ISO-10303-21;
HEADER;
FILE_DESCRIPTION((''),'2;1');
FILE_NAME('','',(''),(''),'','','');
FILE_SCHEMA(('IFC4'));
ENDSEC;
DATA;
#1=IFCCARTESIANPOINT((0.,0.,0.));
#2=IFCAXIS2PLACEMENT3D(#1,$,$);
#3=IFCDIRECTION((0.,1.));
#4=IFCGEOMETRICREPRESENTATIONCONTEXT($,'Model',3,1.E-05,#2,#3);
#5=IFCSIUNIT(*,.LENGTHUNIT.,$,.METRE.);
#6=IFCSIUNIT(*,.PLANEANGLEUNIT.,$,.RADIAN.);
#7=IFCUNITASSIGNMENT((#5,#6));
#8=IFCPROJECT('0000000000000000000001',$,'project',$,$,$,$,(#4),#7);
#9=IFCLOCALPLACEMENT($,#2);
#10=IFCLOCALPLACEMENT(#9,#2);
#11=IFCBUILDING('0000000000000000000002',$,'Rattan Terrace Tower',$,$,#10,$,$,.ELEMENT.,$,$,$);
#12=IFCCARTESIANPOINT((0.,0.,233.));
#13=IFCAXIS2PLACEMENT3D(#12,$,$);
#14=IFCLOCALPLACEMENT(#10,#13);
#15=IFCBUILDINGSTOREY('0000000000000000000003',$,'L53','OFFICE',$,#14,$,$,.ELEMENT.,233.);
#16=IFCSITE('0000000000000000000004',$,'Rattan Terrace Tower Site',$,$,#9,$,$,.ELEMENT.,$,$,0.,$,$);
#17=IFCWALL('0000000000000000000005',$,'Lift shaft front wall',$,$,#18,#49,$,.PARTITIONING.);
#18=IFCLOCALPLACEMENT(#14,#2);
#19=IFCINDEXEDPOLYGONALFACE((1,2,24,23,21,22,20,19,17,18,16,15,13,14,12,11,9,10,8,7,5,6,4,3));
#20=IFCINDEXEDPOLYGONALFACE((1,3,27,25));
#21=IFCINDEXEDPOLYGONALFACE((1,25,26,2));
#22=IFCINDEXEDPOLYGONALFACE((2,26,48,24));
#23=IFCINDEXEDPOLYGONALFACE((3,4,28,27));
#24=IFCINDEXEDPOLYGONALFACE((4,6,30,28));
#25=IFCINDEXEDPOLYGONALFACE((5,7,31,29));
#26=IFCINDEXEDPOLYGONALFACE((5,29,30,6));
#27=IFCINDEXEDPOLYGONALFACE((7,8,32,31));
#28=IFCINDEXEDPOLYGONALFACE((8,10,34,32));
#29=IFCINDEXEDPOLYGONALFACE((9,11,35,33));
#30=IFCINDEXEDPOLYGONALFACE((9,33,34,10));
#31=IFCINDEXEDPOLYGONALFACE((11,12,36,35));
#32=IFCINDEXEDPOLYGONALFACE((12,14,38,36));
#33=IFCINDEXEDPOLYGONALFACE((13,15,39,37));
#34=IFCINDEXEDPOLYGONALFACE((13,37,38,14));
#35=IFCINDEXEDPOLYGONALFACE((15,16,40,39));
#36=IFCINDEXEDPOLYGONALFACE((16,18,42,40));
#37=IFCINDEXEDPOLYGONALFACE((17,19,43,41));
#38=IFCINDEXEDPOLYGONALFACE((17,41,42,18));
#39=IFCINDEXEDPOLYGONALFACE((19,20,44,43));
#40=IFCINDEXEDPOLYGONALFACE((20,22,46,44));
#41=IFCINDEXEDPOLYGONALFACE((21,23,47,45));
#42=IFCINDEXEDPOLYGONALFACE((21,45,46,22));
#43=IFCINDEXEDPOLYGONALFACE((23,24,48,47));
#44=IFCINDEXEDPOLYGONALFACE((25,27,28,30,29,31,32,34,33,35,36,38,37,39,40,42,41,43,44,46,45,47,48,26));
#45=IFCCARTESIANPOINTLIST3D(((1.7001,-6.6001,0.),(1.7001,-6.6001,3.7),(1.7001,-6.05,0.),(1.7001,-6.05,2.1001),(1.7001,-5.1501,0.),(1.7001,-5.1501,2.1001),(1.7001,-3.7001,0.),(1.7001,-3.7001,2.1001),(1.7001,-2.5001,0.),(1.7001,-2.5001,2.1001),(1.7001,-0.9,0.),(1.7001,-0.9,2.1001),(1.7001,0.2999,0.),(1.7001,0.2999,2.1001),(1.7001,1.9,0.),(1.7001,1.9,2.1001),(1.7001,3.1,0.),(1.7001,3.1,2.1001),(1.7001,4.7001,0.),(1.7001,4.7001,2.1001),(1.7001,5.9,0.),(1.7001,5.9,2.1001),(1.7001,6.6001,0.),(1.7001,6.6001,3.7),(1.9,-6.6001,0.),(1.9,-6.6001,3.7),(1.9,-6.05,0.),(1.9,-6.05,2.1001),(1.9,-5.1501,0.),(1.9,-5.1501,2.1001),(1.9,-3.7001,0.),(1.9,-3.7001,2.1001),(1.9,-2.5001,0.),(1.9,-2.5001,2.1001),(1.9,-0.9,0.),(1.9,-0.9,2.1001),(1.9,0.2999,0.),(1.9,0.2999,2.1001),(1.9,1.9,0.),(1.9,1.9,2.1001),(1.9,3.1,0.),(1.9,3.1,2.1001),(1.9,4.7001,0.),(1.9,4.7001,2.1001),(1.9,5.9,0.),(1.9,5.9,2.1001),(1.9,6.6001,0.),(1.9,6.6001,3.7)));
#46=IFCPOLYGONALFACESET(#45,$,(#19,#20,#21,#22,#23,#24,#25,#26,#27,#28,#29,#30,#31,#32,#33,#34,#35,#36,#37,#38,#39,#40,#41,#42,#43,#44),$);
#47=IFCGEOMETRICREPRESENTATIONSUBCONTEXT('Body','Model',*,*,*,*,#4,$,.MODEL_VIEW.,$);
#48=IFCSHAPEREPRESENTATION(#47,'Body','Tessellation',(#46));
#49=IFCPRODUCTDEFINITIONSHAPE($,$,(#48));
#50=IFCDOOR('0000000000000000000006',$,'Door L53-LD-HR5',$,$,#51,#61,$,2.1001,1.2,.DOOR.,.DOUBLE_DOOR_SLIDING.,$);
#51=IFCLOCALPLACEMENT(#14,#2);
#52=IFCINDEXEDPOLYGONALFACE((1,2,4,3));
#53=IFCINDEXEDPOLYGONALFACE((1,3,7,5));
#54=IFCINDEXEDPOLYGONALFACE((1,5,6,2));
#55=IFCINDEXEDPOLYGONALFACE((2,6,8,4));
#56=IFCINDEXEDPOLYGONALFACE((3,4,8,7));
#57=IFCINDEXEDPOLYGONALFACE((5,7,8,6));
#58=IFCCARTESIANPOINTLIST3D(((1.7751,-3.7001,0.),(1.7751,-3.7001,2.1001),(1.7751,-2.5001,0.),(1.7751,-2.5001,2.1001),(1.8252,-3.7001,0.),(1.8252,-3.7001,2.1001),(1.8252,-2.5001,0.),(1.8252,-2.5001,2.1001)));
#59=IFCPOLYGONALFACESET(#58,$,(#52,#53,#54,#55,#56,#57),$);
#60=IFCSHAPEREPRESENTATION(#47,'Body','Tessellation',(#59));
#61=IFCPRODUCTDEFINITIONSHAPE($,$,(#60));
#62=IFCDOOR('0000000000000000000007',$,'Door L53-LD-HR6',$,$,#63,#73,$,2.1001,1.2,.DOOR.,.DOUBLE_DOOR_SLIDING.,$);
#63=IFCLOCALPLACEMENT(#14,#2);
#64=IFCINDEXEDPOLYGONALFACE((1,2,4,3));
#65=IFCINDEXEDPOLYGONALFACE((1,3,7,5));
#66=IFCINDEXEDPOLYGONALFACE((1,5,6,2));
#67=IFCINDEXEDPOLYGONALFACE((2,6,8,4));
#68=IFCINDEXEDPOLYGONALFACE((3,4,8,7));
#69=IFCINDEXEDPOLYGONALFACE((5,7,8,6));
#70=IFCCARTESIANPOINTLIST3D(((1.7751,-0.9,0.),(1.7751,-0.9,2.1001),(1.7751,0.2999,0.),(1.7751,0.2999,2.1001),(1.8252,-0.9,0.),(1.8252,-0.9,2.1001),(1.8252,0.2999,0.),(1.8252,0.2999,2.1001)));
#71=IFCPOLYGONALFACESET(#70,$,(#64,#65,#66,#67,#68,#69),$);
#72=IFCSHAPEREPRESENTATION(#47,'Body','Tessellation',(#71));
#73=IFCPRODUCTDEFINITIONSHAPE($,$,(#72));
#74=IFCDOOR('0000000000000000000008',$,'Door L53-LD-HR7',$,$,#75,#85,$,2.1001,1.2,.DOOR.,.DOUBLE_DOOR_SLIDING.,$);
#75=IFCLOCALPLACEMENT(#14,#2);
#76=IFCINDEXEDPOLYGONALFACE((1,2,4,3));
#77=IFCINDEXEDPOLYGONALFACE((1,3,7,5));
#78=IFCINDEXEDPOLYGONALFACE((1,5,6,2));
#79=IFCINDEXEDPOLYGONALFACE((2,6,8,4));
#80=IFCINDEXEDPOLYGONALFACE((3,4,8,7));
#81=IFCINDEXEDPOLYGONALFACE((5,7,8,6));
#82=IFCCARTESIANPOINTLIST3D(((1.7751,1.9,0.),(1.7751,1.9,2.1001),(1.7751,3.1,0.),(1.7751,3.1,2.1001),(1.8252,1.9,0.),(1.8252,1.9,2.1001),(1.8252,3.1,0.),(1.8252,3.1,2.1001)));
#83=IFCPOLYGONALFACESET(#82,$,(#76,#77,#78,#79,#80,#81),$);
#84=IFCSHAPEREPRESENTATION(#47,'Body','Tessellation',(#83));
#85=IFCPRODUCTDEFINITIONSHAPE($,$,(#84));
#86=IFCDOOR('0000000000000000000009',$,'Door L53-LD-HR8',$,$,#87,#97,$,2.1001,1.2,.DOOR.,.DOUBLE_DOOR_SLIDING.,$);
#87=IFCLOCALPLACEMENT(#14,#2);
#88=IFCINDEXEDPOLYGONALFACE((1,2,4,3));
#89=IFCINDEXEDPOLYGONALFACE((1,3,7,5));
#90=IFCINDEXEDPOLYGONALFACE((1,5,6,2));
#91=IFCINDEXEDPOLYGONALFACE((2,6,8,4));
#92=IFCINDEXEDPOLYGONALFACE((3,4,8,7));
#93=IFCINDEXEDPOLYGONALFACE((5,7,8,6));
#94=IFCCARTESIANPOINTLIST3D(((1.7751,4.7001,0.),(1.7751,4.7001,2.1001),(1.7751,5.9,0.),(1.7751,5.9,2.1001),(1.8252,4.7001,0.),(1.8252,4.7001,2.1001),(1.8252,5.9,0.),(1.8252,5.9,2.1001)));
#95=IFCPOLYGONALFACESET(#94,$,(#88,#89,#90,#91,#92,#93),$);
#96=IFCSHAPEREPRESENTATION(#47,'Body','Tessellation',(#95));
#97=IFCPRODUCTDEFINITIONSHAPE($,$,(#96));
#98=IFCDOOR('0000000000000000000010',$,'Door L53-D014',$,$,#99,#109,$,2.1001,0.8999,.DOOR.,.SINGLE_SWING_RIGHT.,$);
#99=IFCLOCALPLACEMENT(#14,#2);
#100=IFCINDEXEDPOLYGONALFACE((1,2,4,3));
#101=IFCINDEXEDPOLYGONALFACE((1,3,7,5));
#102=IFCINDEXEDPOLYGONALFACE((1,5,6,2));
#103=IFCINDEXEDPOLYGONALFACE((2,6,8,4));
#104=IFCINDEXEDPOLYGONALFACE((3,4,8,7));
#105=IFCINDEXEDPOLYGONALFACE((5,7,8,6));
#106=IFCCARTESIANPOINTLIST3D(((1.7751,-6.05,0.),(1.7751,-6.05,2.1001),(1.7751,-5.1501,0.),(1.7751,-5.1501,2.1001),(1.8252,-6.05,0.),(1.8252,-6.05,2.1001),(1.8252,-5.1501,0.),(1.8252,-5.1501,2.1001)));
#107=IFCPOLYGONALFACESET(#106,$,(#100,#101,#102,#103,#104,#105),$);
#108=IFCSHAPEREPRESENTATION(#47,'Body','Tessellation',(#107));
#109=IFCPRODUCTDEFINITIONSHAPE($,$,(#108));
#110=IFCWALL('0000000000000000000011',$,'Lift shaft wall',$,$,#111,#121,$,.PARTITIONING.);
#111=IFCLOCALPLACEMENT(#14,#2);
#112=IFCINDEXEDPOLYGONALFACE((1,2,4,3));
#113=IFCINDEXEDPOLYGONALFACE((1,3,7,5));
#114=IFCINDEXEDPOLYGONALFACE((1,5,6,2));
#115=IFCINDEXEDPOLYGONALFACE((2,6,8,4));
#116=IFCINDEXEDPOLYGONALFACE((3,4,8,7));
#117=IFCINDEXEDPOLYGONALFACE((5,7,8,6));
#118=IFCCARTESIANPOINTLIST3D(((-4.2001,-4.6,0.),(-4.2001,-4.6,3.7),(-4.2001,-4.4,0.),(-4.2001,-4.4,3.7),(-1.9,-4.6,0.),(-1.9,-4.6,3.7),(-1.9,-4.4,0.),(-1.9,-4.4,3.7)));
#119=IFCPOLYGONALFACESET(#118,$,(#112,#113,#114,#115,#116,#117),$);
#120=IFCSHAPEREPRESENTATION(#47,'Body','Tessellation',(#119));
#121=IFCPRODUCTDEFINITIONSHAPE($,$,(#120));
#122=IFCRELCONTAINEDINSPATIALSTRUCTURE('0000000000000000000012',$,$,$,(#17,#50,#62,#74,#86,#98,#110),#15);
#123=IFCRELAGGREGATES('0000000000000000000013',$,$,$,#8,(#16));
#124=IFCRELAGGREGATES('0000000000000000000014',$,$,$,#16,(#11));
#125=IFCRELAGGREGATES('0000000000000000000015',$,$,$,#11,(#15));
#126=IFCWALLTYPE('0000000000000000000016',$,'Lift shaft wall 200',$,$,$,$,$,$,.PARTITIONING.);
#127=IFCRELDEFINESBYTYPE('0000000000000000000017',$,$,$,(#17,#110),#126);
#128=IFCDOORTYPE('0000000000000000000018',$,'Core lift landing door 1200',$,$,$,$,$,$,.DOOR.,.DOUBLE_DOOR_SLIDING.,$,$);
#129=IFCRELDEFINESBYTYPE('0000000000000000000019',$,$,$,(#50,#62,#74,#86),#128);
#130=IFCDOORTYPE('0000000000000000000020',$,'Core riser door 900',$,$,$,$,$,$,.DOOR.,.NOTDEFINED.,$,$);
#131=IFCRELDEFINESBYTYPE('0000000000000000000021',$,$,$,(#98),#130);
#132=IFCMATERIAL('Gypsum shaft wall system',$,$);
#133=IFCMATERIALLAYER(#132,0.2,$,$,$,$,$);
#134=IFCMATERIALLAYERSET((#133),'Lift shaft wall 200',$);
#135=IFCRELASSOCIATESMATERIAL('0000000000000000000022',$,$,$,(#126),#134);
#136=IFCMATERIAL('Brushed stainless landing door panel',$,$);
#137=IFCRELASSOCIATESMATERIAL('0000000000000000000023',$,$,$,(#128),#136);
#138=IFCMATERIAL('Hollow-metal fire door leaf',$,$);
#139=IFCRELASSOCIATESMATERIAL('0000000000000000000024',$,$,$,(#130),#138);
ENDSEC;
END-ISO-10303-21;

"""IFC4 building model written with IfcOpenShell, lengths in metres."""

from ifc_helpers import new_model, si_unit, direction, frame, frame_2d, origin, place, context, subcontext, project, spatial, rectangle, extrude, material, layer, layer_set, type_object, element, fill, save


model = new_model("IFC4")

# Units and contexts
model_context = context("Model", 3, precision=1e-05, world=origin(), true_north=direction((0.0, 1.0)))
body_context = subcontext(model_context, "Body", "Model", "MODEL_VIEW")
ifc_project = project(units=[si_unit("LENGTHUNIT", "METRE"), si_unit("PLANEANGLEUNIT", "RADIAN")], contexts=[model_context])

# Site, building, storey
site_placement = place(None, origin())
site = spatial("IfcSite", under=ifc_project, at=site_placement, Name="Rattan Terrace Tower Site", CompositionType="ELEMENT", RefElevation=0.0)
building_placement = place(site_placement, origin())
building = spatial("IfcBuilding", under=site, at=building_placement, Name="Rattan Terrace Tower", CompositionType="ELEMENT")
storey_placement = place(building_placement, frame((0.0, 0.0, 233.0)))
storey = spatial("IfcBuildingStorey", under=building, at=storey_placement, Name="L53", Description="OFFICE", CompositionType="ELEMENT", Elevation=233.0)

# Wall, openings, doors
ifc_material_1 = material(Name="Gypsum shaft wall system")
ifc_layer_1 = layer(ifc_material_1, 0.2)
ifc_layer_set_1 = layer_set([ifc_layer_1], Name="Lift shaft wall 200")
wall_type_1 = type_object("IfcWallType", Name="Lift shaft wall 200", PredefinedType="PARTITIONING", material=ifc_layer_set_1)
ifc_material_2 = material(Name="Brushed stainless landing door panel")
door_type_1 = type_object("IfcDoorType", Name="Core lift landing door 1200", OperationType="DOUBLE_DOOR_SLIDING", PredefinedType="DOOR", material=ifc_material_2)
ifc_material_3 = material(Name="Hollow-metal fire door leaf")
door_type_2 = type_object("IfcDoorType", Name="Core riser door 900", OperationType="NOTDEFINED", PredefinedType="DOOR", material=ifc_material_3)
wall_1_placement = place(storey_placement, frame((1.8, -6.6001, 0.0), z_axis=(0.0, 0.0, 1.0), x_axis=(0.0, 1.0, 0.0)))
wall_1 = element("IfcWall", 1, at=wall_1_placement, inside=storey, type_object=wall_type_1, Name="Lift shaft front wall", PredefinedType="PARTITIONING", context=body_context, shape_type="SweptSolid", body=[
    extrude(rectangle(XDim=13.2002, YDim=0.2, at=frame_2d((6.6001, 0.0))), origin(), (0.0, 0.0, 1.0), 3.7),
])
opening_1_placement = place(wall_1_placement, frame((0.55, 0.0, 0.0)))
opening_1 = element("IfcOpeningElement", 2, at=opening_1_placement, cuts=wall_1, PredefinedType="OPENING", context=body_context, shape_type="SweptSolid", body=[
    extrude(rectangle(XDim=0.8999, YDim=2.1001, at=frame_2d((0.45, 1.05))), frame((0.0, 0.1106, 0.0), z_axis=(0.0, -1.0, 0.0), x_axis=(1.0, 0.0, 0.0)), (0.0, 0.0, 1.0), 0.2209),
])
opening_2_placement = place(wall_1_placement, frame((2.8999, 0.0, 0.0)))
opening_2 = element("IfcOpeningElement", 3, at=opening_2_placement, cuts=wall_1, PredefinedType="OPENING", context=body_context, shape_type="SweptSolid", body=[
    extrude(rectangle(XDim=1.2, YDim=2.1001, at=frame_2d((0.6001, 1.05))), frame((0.0, 0.1106, 0.0), z_axis=(0.0, -1.0, 0.0), x_axis=(1.0, 0.0, 0.0)), (0.0, 0.0, 1.0), 0.2209),
])
opening_3_placement = place(wall_1_placement, frame((5.7, 0.0, 0.0)))
opening_3 = element("IfcOpeningElement", 4, at=opening_3_placement, cuts=wall_1, PredefinedType="OPENING", context=body_context, shape_type="SweptSolid", body=[
    extrude(rectangle(XDim=1.2, YDim=2.1001, at=frame_2d((0.6001, 1.05))), frame((0.0, 0.1106, 0.0), z_axis=(0.0, -1.0, 0.0), x_axis=(1.0, 0.0, 0.0)), (0.0, 0.0, 1.0), 0.2209),
])
opening_4_placement = place(wall_1_placement, frame((8.5, 0.0, 0.0)))
opening_4 = element("IfcOpeningElement", 5, at=opening_4_placement, cuts=wall_1, PredefinedType="OPENING", context=body_context, shape_type="SweptSolid", body=[
    extrude(rectangle(XDim=1.2, YDim=2.1001, at=frame_2d((0.6001, 1.05))), frame((0.0, 0.1106, 0.0), z_axis=(0.0, -1.0, 0.0), x_axis=(1.0, 0.0, 0.0)), (0.0, 0.0, 1.0), 0.2209),
])
opening_5_placement = place(wall_1_placement, frame((11.3, 0.0, 0.0)))
opening_5 = element("IfcOpeningElement", 6, at=opening_5_placement, cuts=wall_1, PredefinedType="OPENING", context=body_context, shape_type="SweptSolid", body=[
    extrude(rectangle(XDim=1.2, YDim=2.1001, at=frame_2d((0.6001, 1.05))), frame((0.0, 0.1106, 0.0), z_axis=(0.0, -1.0, 0.0), x_axis=(1.0, 0.0, 0.0)), (0.0, 0.0, 1.0), 0.2209),
])
door_1_placement = place(opening_2_placement, origin())
door_1 = element("IfcDoor", 7, at=door_1_placement, inside=storey, type_object=door_type_1, Name="Door L53-LD-HR5", OperationType="DOUBLE_DOOR_SLIDING", OverallHeight=2.1001, OverallWidth=1.2, PredefinedType="DOOR", context=body_context, shape_type="SweptSolid", body=[
    extrude(rectangle(XDim=1.2, YDim=2.1001, at=frame_2d((0.6001, 1.05))), frame((0.0, 0.0249, 0.0), z_axis=(0.0, -1.0, 0.0), x_axis=(1.0, 0.0, 0.0)), (0.0, 0.0, 1.0), 0.05),
])
fill(opening_2, door_1)
door_2_placement = place(opening_3_placement, origin())
door_2 = element("IfcDoor", 8, at=door_2_placement, inside=storey, type_object=door_type_1, Name="Door L53-LD-HR6", OperationType="DOUBLE_DOOR_SLIDING", OverallHeight=2.1001, OverallWidth=1.2, PredefinedType="DOOR", context=body_context, shape_type="SweptSolid", body=[
    extrude(rectangle(XDim=1.2, YDim=2.1001, at=frame_2d((0.6001, 1.05))), frame((0.0, 0.0249, 0.0), z_axis=(0.0, -1.0, 0.0), x_axis=(1.0, 0.0, 0.0)), (0.0, 0.0, 1.0), 0.05),
])
fill(opening_3, door_2)
door_3_placement = place(opening_4_placement, origin())
door_3 = element("IfcDoor", 9, at=door_3_placement, inside=storey, type_object=door_type_1, Name="Door L53-LD-HR7", OperationType="DOUBLE_DOOR_SLIDING", OverallHeight=2.1001, OverallWidth=1.2, PredefinedType="DOOR", context=body_context, shape_type="SweptSolid", body=[
    extrude(rectangle(XDim=1.2, YDim=2.1001, at=frame_2d((0.6001, 1.05))), frame((0.0, 0.0249, 0.0), z_axis=(0.0, -1.0, 0.0), x_axis=(1.0, 0.0, 0.0)), (0.0, 0.0, 1.0), 0.05),
])
fill(opening_4, door_3)
door_4_placement = place(opening_5_placement, origin())
door_4 = element("IfcDoor", 10, at=door_4_placement, inside=storey, type_object=door_type_1, Name="Door L53-LD-HR8", OperationType="DOUBLE_DOOR_SLIDING", OverallHeight=2.1001, OverallWidth=1.2, PredefinedType="DOOR", context=body_context, shape_type="SweptSolid", body=[
    extrude(rectangle(XDim=1.2, YDim=2.1001, at=frame_2d((0.6001, 1.05))), frame((0.0, 0.0249, 0.0), z_axis=(0.0, -1.0, 0.0), x_axis=(1.0, 0.0, 0.0)), (0.0, 0.0, 1.0), 0.05),
])
fill(opening_5, door_4)
door_5_placement = place(opening_1_placement, origin())
door_5 = element("IfcDoor", 11, at=door_5_placement, inside=storey, type_object=door_type_2, Name="Door L53-D014", OperationType="SINGLE_SWING_RIGHT", OverallHeight=2.1001, OverallWidth=0.8999, PredefinedType="DOOR", context=body_context, shape_type="SweptSolid", body=[
    extrude(rectangle(XDim=0.8999, YDim=2.1001, at=frame_2d((0.45, 1.05))), frame((0.0, 0.0249, 0.0), z_axis=(0.0, -1.0, 0.0), x_axis=(1.0, 0.0, 0.0)), (0.0, 0.0, 1.0), 0.05),
])
fill(opening_1, door_5)

# Wall
wall_2_placement = place(storey_placement, frame((-4.2, -4.5, 0.0), z_axis=(0.0, 0.0, 1.0), x_axis=(1.0, 0.0, 0.0)))
element("IfcWall", 12, at=wall_2_placement, inside=storey, type_object=wall_type_1, Name="Lift shaft wall", PredefinedType="PARTITIONING", context=body_context, shape_type="SweptSolid", body=[
    extrude(rectangle(XDim=2.3, YDim=0.2, at=frame_2d((1.1499, 0.0))), origin(), (0.0, 0.0, 1.0), 3.7),
])

save(model, "model.ifc")
